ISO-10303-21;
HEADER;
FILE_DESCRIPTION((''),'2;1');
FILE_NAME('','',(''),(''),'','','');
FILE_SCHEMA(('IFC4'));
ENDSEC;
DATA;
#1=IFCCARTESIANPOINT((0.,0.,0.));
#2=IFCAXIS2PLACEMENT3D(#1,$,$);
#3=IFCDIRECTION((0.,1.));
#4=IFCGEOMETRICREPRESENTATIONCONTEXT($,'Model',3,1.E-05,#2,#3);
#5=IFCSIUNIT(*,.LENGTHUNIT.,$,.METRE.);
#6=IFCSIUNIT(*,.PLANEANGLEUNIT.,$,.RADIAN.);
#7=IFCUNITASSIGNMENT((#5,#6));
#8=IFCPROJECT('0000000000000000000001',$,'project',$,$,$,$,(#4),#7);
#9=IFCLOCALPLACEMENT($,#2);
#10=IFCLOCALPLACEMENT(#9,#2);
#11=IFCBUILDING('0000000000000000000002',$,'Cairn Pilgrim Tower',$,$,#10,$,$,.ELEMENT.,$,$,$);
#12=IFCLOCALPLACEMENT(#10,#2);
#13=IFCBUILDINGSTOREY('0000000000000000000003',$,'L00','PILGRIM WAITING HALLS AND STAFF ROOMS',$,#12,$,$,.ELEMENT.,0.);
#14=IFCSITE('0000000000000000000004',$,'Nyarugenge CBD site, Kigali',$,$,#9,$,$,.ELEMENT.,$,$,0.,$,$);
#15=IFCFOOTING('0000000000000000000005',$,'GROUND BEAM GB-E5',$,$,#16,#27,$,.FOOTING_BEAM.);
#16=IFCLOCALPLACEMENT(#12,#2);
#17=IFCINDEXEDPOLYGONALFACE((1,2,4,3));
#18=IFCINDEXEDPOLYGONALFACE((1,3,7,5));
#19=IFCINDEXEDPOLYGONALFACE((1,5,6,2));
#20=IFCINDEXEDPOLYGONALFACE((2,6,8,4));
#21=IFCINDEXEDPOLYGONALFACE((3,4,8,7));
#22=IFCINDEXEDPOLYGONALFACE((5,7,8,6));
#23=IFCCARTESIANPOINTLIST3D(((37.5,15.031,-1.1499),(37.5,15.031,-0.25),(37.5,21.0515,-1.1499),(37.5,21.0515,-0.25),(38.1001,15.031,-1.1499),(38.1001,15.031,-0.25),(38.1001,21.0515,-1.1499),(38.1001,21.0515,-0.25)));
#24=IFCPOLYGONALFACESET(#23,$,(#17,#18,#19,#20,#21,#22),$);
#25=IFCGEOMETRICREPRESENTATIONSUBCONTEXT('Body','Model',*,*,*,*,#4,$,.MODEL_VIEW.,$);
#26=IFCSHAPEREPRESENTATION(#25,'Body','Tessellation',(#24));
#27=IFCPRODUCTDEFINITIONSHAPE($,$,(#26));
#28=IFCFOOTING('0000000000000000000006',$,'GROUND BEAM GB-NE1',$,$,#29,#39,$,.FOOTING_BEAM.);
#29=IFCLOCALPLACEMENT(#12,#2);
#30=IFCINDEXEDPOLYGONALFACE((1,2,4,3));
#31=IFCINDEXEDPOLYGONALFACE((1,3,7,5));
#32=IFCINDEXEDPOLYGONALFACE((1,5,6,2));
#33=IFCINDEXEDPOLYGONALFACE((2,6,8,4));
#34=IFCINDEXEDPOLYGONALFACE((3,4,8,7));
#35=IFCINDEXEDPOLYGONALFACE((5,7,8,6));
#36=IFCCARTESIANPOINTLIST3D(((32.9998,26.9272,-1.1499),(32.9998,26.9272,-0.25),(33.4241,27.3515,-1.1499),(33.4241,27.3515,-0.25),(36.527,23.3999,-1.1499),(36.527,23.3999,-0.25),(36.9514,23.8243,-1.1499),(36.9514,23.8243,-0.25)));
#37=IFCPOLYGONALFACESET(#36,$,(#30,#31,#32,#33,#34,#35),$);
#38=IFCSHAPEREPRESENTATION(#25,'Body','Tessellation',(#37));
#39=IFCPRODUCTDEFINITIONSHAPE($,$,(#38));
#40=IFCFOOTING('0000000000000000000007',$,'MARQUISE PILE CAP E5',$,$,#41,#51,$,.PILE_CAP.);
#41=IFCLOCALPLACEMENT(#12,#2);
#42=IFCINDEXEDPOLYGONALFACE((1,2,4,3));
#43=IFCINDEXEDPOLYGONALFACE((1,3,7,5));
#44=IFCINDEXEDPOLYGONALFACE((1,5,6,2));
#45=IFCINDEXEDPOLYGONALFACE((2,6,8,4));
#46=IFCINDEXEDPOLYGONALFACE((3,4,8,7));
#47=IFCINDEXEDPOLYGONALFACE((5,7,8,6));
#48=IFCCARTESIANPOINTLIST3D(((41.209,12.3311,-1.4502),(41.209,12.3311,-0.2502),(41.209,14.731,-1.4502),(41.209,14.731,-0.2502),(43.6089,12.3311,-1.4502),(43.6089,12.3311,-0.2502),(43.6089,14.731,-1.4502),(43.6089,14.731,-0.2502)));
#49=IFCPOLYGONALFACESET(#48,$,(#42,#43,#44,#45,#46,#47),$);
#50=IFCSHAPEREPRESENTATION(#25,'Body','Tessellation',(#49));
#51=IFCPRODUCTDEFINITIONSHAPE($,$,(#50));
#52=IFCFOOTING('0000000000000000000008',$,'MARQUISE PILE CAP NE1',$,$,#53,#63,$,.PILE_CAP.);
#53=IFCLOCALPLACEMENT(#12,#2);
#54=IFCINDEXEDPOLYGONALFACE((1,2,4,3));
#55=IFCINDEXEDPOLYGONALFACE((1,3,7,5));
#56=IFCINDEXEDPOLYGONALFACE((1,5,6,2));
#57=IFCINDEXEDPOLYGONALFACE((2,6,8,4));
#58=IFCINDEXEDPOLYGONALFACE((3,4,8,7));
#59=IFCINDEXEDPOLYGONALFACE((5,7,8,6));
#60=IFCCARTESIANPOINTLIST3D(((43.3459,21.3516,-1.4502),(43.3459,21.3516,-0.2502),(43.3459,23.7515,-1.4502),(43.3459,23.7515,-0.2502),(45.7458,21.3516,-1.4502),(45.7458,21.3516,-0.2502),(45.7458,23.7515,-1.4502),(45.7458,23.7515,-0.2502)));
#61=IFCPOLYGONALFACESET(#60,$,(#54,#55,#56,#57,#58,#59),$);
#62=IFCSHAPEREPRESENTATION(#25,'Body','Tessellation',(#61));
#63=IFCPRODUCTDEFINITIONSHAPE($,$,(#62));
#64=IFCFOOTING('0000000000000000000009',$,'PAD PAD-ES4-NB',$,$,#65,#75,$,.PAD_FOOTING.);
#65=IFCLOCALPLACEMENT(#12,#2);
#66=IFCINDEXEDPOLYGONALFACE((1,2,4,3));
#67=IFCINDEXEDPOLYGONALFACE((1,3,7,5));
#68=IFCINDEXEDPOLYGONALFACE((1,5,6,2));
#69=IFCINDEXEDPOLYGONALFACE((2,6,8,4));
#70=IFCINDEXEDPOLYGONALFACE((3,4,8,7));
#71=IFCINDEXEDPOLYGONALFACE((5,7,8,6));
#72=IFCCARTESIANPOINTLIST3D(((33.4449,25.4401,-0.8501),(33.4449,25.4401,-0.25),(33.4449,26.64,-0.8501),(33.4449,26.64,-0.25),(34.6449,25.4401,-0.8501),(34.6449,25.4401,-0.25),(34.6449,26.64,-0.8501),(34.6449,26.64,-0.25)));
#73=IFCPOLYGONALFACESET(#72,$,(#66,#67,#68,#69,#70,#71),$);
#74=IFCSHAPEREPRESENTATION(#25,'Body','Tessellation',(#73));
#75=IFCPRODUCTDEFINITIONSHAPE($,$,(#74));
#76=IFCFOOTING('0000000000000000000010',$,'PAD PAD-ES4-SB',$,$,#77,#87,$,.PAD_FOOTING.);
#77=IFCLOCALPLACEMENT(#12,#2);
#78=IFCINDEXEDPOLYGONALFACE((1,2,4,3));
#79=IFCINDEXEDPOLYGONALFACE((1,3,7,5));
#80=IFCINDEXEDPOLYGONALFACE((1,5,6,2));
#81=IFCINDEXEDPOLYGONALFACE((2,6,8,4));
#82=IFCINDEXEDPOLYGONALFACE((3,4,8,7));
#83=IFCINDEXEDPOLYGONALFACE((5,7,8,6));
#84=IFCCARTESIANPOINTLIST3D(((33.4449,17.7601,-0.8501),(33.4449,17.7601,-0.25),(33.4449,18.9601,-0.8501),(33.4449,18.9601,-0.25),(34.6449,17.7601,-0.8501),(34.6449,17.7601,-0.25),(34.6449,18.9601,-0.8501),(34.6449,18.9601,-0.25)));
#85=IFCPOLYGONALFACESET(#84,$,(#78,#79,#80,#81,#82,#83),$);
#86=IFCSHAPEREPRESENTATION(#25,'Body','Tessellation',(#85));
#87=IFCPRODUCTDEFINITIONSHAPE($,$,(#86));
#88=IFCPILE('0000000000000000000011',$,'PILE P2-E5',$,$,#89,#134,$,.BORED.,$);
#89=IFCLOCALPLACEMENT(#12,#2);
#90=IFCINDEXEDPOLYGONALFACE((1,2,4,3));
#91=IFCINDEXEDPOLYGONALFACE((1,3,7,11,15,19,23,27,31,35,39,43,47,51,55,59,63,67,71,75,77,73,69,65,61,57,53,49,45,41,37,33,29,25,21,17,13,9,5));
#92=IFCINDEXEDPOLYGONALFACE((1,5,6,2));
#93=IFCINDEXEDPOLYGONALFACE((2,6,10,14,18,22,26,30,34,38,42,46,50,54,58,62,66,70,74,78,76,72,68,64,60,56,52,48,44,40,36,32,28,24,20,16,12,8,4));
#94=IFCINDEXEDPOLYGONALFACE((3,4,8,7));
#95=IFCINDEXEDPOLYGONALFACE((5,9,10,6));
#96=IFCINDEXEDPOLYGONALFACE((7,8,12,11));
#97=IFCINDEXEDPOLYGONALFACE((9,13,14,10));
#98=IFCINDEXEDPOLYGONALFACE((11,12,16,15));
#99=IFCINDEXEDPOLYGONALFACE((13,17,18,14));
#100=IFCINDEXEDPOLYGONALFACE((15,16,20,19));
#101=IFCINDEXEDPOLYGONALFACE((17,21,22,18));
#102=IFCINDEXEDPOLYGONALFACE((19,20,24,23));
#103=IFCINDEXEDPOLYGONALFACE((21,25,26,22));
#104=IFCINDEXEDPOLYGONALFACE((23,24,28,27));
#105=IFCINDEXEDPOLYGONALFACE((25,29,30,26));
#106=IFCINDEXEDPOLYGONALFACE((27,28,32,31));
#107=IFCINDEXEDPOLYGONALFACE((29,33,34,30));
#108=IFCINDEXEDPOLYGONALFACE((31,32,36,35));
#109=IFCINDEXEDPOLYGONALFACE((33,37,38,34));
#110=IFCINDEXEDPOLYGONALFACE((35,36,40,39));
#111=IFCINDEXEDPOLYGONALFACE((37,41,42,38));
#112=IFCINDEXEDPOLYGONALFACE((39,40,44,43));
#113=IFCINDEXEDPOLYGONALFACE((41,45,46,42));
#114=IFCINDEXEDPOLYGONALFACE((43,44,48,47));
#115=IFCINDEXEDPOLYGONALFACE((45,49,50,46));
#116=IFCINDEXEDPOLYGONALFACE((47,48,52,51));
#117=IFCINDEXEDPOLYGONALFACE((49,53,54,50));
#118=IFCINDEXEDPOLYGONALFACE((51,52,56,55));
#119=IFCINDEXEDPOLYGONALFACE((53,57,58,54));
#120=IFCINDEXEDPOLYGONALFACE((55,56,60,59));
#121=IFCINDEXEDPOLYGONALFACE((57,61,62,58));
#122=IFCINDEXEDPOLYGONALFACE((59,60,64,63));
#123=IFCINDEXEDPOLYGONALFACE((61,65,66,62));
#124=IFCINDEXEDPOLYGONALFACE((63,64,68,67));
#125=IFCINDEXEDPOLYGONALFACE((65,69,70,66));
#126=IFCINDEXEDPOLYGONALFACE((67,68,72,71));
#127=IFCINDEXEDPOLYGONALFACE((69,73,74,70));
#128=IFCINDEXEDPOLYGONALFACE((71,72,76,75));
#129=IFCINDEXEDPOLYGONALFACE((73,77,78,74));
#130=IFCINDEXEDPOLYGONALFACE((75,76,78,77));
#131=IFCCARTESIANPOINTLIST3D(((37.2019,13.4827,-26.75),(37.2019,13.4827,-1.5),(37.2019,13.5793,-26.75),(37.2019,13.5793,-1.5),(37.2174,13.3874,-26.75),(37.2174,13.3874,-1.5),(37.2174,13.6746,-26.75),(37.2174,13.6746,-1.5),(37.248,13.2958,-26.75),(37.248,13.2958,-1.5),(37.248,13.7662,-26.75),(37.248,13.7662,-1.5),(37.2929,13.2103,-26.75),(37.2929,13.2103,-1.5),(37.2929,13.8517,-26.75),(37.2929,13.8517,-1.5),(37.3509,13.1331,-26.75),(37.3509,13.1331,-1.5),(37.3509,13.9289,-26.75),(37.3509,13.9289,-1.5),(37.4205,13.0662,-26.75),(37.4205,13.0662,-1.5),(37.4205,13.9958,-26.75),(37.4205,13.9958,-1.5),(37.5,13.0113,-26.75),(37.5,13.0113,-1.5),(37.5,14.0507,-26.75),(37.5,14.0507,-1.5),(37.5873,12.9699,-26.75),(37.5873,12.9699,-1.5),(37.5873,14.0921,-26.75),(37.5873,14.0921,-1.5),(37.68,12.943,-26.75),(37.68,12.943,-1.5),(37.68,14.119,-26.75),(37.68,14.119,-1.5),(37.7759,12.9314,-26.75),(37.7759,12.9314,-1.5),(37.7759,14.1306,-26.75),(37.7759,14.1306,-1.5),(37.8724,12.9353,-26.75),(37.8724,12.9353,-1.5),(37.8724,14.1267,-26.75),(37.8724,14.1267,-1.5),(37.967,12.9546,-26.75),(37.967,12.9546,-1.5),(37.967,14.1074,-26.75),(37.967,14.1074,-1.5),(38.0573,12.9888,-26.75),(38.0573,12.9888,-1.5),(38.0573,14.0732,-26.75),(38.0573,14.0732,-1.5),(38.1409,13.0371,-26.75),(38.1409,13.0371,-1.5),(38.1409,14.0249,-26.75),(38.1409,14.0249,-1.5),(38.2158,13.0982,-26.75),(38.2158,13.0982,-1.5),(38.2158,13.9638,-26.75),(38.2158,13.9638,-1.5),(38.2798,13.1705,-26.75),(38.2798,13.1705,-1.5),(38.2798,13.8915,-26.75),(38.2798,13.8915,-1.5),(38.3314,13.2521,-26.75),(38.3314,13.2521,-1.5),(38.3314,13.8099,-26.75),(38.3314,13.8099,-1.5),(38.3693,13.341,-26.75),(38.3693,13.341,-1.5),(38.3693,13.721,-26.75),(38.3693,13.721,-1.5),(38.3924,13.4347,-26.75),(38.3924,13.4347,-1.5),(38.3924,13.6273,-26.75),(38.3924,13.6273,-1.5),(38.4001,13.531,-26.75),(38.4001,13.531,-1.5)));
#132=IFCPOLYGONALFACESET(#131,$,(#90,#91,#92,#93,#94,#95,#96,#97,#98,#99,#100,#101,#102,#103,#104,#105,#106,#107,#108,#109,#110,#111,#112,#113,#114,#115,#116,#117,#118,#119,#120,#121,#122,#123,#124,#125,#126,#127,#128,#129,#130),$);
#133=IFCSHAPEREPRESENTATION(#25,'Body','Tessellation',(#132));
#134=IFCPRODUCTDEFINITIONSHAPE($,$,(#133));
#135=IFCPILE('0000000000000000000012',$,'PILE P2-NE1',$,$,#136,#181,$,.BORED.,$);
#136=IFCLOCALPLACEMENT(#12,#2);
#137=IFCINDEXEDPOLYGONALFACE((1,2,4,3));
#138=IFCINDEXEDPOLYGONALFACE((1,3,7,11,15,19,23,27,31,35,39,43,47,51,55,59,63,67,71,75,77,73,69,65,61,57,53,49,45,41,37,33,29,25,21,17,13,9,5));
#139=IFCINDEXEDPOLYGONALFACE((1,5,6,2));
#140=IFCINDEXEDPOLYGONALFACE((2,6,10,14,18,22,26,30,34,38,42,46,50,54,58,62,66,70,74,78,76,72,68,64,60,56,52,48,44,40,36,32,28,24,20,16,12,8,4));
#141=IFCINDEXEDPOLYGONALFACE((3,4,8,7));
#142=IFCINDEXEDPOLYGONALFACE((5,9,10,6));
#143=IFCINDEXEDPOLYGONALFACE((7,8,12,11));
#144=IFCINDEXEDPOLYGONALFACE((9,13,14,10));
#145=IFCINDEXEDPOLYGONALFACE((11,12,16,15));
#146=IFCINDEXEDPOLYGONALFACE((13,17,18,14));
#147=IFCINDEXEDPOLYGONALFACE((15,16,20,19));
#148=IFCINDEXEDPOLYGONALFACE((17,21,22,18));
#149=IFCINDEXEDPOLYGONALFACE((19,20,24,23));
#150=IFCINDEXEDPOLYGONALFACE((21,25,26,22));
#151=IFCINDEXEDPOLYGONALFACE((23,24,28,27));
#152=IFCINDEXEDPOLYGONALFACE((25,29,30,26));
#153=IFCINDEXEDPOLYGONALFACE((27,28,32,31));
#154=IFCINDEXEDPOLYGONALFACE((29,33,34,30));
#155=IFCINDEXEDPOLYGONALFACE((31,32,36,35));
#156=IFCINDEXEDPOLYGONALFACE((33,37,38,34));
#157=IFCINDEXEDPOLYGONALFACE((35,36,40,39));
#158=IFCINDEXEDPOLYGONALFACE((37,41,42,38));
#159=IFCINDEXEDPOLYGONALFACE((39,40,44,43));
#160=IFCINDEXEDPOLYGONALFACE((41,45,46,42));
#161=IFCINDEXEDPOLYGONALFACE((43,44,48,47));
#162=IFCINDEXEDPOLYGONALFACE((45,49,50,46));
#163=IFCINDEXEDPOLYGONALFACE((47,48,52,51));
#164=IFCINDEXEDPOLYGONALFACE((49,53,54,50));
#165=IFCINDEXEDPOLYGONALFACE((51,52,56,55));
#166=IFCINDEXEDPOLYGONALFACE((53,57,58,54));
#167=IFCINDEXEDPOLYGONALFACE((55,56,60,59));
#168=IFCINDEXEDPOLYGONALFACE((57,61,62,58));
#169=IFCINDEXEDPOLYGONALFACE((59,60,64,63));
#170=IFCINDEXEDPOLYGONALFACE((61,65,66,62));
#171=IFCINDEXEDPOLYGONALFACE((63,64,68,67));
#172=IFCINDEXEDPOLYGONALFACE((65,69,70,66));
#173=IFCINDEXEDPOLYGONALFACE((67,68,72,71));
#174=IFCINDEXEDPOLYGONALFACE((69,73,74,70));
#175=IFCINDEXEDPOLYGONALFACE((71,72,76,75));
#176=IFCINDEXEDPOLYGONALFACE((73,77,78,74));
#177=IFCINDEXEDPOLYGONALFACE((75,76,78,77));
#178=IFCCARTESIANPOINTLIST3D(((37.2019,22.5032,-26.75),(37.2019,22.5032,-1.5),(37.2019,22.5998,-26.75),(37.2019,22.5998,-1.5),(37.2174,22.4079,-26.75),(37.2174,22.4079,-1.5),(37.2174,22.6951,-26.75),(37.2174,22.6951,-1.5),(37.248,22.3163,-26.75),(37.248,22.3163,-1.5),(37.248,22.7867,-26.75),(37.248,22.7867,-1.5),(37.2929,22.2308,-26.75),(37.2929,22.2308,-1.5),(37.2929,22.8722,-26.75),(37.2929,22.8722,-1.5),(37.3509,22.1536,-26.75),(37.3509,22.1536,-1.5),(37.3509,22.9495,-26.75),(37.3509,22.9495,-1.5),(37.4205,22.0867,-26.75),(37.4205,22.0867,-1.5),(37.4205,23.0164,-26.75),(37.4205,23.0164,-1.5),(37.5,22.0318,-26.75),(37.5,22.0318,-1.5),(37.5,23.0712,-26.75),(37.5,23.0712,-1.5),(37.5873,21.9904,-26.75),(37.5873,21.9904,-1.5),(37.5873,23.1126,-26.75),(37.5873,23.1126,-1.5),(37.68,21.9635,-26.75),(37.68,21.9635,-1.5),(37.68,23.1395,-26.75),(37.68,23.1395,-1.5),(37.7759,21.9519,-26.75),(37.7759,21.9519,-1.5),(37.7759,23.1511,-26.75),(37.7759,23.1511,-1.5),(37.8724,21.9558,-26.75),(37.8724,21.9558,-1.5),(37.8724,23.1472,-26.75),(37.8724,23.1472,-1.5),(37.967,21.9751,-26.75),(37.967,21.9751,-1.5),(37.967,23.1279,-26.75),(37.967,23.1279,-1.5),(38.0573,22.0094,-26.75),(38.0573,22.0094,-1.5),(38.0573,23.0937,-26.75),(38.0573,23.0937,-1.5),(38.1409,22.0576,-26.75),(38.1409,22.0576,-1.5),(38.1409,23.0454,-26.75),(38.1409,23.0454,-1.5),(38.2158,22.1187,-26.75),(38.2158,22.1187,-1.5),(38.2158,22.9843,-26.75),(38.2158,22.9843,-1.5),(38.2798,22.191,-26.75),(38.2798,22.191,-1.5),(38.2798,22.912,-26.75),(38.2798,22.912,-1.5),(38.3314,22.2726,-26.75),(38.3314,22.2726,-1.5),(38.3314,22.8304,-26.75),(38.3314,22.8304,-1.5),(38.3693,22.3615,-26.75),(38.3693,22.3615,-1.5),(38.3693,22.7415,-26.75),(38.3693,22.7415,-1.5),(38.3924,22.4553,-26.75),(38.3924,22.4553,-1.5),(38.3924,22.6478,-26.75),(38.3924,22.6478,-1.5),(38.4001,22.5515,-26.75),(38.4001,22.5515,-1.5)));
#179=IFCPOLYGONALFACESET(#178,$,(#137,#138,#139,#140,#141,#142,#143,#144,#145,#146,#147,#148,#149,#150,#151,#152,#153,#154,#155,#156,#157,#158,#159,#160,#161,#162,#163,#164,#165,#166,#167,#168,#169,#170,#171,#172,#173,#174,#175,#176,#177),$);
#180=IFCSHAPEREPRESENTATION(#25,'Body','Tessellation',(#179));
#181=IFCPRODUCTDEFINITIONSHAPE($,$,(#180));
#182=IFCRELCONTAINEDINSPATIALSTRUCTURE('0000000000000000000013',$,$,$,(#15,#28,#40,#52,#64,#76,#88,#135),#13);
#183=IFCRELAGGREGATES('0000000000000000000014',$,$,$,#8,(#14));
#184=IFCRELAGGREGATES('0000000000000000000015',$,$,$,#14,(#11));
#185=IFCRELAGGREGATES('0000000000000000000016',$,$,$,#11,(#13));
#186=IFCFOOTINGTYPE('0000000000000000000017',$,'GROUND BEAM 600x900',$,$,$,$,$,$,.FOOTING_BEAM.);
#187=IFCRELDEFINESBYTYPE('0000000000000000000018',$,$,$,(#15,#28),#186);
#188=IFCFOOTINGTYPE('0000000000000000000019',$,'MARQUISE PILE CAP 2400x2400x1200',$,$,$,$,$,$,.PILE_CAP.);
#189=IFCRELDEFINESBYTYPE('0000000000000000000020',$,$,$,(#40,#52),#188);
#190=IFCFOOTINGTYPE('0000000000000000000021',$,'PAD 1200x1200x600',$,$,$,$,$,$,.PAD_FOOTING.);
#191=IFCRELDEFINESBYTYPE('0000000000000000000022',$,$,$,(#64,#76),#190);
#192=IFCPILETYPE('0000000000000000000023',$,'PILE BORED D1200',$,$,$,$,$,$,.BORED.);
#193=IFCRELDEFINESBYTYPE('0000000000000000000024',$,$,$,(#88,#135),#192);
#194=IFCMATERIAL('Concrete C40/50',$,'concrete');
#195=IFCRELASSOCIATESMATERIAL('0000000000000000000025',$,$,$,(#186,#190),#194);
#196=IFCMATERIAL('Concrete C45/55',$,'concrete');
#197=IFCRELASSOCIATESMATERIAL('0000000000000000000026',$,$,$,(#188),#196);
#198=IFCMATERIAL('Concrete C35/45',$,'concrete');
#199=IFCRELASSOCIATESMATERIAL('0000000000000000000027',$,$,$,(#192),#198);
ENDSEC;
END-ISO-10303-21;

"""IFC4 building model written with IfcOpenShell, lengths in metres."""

from ifc_helpers import new_model, si_unit, direction, frame, origin, origin_2d, place, context, subcontext, project, spatial, rectangle, circle, extrude, material, material_profile, profile_set, type_object, element, save


model = new_model("IFC4")

# Units and contexts
model_context = context("Model", 3, precision=1e-05, world=origin(), true_north=direction((0.0, 1.0)))
body_context = subcontext(model_context, "Body", "Model", "MODEL_VIEW")
ifc_project = project(units=[si_unit("LENGTHUNIT", "METRE"), si_unit("PLANEANGLEUNIT", "RADIAN")], contexts=[model_context])

# Site, building, storey
site_placement = place(None, origin())
site = spatial("IfcSite", under=ifc_project, at=site_placement, Name="Nyarugenge CBD site, Kigali", CompositionType="ELEMENT", RefElevation=0.0)
building_placement = place(site_placement, origin())
building = spatial("IfcBuilding", under=site, at=building_placement, Name="Cairn Pilgrim Tower", CompositionType="ELEMENT")
storey_placement = place(building_placement, origin())
storey = spatial("IfcBuildingStorey", under=building, at=storey_placement, Name="L00", Description="PILGRIM WAITING HALLS AND STAFF ROOMS", CompositionType="ELEMENT", Elevation=0.0)

# Footings
ifc_material_1 = material(Name="Concrete C40/50", Category="concrete")
footing_type_1 = type_object("IfcFootingType", Name="GROUND BEAM 600x900", PredefinedType="FOOTING_BEAM", material=ifc_material_1)
footing_1_placement = place(storey_placement, frame((37.8, 18.0413, -1.1499), z_axis=(0.0, 0.0, 1.0), x_axis=(0.0, 1.0, 0.0)))
element("IfcFooting", 1, at=footing_1_placement, inside=storey, type_object=footing_type_1, Name="GROUND BEAM GB-E5", PredefinedType="FOOTING_BEAM", context=body_context, shape_type="SweptSolid", body=[
    extrude(rectangle(XDim=6.0205, YDim=0.6001, at=origin_2d()), origin(), (0.0, 0.0, 1.0), 0.8999),
])
footing_2_placement = place(storey_placement, frame((34.9756, 25.3757, -1.1499), z_axis=(0.0, 0.0, 1.0), x_axis=(-0.707107, 0.707107, 0.0)))
element("IfcFooting", 2, at=footing_2_placement, inside=storey, type_object=footing_type_1, Name="GROUND BEAM GB-NE1", PredefinedType="FOOTING_BEAM", context=body_context, shape_type="SweptSolid", body=[
    extrude(rectangle(XDim=4.9883, YDim=0.6001, at=origin_2d()), origin(), (0.0, 0.0, 1.0), 0.8999),
])
ifc_material_2 = material(Name="Concrete C45/55", Category="concrete")
footing_type_2 = type_object("IfcFootingType", Name="MARQUISE PILE CAP 2400x2400x1200", PredefinedType="PILE_CAP", material=ifc_material_2)
for number, where, z_axis, x_axis, name in (
    (3, (42.4089, 13.531, -1.4502), (0.0, 0.0, 1.0), (1.0, 0.0, 0.0), "MARQUISE PILE CAP E5"),
    (4, (44.5459, 22.5515, -1.4502), (0.0, 0.0, 1.0), (1.0, 0.0, 0.0), "MARQUISE PILE CAP NE1"),
):
    element("IfcFooting", number, at=place(storey_placement, frame(where, z_axis=z_axis, x_axis=x_axis)), inside=storey, type_object=footing_type_2, Name=name, PredefinedType="PILE_CAP", context=body_context, shape_type="SweptSolid", body=[
        extrude(rectangle(XDim=2.3999, YDim=2.3999, at=origin_2d()), origin(), (0.0, 0.0, 1.0), 1.2),
    ])
footing_type_3 = type_object("IfcFootingType", Name="PAD 1200x1200x600", PredefinedType="PAD_FOOTING", material=ifc_material_1)
for number, where, z_axis, x_axis, name in (
    (5, (34.0449, 26.04, -0.8501), (0.0, 0.0, 1.0), (1.0, 0.0, 0.0), "PAD PAD-ES4-NB"),
    (6, (34.0449, 18.3601, -0.8501), (0.0, 0.0, 1.0), (1.0, 0.0, 0.0), "PAD PAD-ES4-SB"),
):
    element("IfcFooting", number, at=place(storey_placement, frame(where, z_axis=z_axis, x_axis=x_axis)), inside=storey, type_object=footing_type_3, Name=name, PredefinedType="PAD_FOOTING", context=body_context, shape_type="SweptSolid", body=[
        extrude(rectangle(XDim=1.2, YDim=1.2, at=origin_2d()), origin(), (0.0, 0.0, 1.0), 0.6001),
    ])

# Piles
ifc_material_3 = material(Name="Concrete C35/45", Category="concrete")
ifc_material_profile_1 = material_profile(ifc_material_3, circle(Radius=0.6001, at=origin_2d()), Name="D1200")
ifc_profile_set_1 = profile_set([ifc_material_profile_1], Name="Concrete C35/45")
pile_type_1 = type_object("IfcPileType", Name="PILE BORED D1200", PredefinedType="BORED", material=ifc_profile_set_1)
for number, where, z_axis, x_axis, name in (
    (7, (37.8, 13.531, -1.5), (0.0, 0.0, -1.0), (1.0, 0.0, 0.0), "PILE P2-E5"),
    (8, (37.8, 22.5515, -1.5), (0.0, 0.0, -1.0), (1.0, 0.0, 0.0), "PILE P2-NE1"),
):
    element("IfcPile", number, at=place(storey_placement, frame(where, z_axis=z_axis, x_axis=x_axis)), inside=storey, type_object=pile_type_1, Name=name, PredefinedType="BORED", context=body_context, shape_type="SweptSolid", body=[
        extrude(circle(Radius=0.6001, at=origin_2d()), origin(), (0.0, 0.0, 1.0), 25.25),
    ])

save(model, "model.ifc")
